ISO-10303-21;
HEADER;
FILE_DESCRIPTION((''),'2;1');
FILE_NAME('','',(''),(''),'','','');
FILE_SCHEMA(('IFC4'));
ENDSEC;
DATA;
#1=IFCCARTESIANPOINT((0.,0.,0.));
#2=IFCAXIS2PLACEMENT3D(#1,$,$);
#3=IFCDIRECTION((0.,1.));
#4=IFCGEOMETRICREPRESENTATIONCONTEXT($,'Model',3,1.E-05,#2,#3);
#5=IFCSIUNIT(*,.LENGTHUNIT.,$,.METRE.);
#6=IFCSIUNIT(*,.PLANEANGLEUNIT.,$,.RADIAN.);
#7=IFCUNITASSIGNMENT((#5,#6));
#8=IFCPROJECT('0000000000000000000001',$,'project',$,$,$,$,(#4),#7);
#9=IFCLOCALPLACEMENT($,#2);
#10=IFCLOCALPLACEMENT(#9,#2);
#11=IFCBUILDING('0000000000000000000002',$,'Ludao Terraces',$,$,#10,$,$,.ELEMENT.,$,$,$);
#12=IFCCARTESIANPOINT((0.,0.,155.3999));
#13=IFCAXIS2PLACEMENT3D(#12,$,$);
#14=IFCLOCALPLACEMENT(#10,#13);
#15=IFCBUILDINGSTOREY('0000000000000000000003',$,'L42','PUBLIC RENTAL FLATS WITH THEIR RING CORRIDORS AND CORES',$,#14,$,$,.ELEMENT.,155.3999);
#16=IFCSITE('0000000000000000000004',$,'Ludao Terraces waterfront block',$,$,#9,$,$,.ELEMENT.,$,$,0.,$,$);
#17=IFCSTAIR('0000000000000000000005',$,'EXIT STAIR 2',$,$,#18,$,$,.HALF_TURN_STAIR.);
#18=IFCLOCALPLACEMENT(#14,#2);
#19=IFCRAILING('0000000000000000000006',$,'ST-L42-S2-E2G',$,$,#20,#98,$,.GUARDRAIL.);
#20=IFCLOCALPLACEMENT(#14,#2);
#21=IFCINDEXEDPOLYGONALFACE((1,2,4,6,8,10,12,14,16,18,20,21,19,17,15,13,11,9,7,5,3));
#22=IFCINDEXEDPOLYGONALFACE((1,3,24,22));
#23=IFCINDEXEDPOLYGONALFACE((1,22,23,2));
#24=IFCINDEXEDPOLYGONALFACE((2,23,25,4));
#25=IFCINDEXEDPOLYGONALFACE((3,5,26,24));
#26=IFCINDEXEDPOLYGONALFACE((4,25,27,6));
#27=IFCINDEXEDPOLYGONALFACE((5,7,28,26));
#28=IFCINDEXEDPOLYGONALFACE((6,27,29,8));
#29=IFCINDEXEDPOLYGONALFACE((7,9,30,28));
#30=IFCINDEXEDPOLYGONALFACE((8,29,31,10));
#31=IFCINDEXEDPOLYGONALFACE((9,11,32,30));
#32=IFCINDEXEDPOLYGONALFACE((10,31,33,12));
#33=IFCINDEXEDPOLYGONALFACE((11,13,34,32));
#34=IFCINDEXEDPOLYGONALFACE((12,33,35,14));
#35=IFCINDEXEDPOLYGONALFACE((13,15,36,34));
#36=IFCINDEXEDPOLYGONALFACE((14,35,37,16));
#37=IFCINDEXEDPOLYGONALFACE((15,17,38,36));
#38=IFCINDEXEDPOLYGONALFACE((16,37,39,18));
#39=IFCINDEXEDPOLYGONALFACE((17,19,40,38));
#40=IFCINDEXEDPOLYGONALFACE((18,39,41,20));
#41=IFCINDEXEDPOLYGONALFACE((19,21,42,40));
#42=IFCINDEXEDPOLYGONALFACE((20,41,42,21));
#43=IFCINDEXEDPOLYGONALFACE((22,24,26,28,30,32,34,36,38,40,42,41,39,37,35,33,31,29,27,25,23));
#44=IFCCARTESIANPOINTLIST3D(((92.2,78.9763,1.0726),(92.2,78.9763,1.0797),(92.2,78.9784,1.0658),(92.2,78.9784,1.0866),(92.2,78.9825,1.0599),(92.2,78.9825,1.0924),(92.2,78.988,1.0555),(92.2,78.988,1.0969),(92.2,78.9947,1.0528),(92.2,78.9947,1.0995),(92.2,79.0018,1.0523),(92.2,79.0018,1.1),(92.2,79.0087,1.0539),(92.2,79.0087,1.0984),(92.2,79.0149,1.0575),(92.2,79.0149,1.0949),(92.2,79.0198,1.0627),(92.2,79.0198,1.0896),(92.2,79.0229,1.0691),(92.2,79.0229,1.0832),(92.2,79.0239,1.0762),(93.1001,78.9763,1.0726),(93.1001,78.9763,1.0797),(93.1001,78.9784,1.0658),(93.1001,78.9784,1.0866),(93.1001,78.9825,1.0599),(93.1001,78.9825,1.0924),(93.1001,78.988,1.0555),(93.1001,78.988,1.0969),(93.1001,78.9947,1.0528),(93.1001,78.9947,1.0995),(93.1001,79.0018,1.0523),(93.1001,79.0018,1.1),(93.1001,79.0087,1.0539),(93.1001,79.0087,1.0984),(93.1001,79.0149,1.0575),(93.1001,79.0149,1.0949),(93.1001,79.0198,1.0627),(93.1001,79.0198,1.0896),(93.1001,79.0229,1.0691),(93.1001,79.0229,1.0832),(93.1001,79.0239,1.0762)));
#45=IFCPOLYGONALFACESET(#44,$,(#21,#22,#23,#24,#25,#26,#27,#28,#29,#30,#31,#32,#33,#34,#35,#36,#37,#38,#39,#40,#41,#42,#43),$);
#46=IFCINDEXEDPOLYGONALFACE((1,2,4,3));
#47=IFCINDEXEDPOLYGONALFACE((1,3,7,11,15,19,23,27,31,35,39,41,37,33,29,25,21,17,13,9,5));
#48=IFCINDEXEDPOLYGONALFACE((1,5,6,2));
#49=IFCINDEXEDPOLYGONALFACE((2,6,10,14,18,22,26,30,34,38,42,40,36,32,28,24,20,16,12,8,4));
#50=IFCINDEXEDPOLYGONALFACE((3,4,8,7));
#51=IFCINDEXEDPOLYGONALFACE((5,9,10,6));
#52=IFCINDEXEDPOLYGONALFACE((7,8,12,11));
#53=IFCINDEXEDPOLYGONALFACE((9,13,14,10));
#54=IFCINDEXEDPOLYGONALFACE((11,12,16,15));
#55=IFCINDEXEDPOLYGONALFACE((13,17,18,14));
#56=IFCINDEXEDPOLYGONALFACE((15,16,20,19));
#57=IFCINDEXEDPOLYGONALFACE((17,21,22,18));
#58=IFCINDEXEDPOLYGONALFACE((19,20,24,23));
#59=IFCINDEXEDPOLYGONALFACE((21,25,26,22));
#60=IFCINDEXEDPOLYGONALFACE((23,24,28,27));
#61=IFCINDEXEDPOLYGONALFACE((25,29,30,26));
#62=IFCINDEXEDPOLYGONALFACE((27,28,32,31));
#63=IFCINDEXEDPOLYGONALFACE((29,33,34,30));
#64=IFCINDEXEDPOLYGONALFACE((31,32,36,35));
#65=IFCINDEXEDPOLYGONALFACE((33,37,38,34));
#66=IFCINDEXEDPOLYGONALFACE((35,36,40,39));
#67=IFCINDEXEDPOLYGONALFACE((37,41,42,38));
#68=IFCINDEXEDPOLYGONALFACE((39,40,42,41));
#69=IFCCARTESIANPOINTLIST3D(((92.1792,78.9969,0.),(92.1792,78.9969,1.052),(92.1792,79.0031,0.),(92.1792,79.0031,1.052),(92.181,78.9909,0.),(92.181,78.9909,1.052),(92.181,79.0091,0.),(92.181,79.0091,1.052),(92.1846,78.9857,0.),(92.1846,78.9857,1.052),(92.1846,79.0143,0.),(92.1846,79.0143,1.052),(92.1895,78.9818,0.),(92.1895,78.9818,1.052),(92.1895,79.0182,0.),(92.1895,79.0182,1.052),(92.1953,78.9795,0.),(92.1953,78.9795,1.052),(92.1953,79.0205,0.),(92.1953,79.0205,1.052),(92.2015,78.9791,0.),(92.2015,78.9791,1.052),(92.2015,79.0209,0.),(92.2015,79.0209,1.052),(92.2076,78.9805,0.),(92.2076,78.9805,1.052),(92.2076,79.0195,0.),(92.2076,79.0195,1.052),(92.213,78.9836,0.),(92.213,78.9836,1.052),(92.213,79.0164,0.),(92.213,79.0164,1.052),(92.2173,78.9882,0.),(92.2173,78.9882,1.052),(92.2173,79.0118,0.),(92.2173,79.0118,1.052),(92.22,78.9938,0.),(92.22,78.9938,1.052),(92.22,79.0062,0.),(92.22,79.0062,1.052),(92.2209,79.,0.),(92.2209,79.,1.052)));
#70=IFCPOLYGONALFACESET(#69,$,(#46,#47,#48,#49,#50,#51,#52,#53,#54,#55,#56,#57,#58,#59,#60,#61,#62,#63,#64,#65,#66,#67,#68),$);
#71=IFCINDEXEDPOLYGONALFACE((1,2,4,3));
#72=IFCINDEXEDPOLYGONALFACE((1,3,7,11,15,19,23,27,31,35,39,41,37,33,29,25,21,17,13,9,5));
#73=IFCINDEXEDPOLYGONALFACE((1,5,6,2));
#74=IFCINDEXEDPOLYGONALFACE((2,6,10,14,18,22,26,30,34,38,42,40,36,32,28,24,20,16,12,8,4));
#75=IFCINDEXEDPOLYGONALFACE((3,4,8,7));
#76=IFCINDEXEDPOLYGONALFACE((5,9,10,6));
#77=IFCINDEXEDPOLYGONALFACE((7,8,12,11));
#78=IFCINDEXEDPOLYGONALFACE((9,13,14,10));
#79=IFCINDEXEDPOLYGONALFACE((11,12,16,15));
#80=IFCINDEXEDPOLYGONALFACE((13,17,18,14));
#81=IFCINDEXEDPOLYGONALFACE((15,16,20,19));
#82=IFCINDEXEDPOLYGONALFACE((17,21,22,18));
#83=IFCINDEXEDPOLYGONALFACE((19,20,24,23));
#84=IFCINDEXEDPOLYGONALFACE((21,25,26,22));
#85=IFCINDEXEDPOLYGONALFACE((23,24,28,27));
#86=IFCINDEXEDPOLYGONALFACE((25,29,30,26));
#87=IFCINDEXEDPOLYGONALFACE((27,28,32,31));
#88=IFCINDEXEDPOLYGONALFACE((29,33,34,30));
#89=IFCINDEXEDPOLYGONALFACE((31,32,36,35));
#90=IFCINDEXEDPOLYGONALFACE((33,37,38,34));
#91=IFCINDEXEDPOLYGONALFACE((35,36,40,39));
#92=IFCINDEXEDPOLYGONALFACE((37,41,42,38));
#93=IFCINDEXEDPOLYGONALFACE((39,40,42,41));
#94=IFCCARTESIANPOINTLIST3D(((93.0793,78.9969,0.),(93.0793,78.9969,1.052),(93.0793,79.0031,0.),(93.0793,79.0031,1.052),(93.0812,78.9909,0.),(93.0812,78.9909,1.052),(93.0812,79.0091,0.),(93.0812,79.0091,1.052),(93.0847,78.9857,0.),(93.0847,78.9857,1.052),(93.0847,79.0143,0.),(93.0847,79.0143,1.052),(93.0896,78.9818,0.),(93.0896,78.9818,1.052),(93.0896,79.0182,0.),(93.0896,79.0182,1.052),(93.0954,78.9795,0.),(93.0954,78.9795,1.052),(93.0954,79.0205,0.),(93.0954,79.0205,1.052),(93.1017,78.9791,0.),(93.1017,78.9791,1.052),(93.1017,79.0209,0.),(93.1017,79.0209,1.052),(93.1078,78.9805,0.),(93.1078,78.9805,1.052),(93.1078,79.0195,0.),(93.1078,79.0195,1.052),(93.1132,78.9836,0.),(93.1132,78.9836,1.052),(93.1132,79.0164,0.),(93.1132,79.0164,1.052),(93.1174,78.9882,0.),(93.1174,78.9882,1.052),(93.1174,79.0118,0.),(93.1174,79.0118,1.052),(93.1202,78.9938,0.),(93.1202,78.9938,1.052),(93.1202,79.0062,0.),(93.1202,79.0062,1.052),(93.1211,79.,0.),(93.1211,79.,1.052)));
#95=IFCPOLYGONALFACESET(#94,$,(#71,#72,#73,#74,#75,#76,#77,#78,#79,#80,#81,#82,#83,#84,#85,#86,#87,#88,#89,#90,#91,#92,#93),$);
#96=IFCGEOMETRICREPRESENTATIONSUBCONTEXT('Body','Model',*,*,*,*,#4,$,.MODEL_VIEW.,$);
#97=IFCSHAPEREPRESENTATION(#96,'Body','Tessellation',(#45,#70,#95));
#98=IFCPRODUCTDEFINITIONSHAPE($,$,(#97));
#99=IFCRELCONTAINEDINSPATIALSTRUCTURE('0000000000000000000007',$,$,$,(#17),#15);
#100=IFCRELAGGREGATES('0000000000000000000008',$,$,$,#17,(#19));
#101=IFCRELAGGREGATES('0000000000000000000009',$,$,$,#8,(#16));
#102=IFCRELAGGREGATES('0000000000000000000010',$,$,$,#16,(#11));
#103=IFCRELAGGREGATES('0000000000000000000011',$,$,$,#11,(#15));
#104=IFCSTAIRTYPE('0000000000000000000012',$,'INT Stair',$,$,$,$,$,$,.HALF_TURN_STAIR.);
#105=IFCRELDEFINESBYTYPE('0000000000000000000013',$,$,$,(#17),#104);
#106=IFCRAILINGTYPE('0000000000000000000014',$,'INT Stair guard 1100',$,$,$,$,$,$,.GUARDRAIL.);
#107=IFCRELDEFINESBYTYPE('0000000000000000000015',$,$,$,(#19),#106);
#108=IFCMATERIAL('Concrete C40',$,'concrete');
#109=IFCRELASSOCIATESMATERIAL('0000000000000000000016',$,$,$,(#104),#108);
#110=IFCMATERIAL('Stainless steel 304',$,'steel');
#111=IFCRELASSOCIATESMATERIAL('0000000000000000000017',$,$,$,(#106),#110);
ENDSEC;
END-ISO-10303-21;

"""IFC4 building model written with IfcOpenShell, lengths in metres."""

from ifc_helpers import new_model, si_unit, direction, frame, origin, origin_2d, place, context, subcontext, project, spatial, circle, extrude, material, type_object, element, aggregate, save


model = new_model("IFC4")

# Units and contexts
model_context = context("Model", 3, precision=1e-05, world=origin(), true_north=direction((0.0, 1.0)))
body_context = subcontext(model_context, "Body", "Model", "MODEL_VIEW")
ifc_project = project(units=[si_unit("LENGTHUNIT", "METRE"), si_unit("PLANEANGLEUNIT", "RADIAN")], contexts=[model_context])

# Site, building, storey
site_placement = place(None, origin())
site = spatial("IfcSite", under=ifc_project, at=site_placement, Name="Ludao Terraces waterfront block", CompositionType="ELEMENT", RefElevation=0.0)
building_placement = place(site_placement, origin())
building = spatial("IfcBuilding", under=site, at=building_placement, Name="Ludao Terraces", CompositionType="ELEMENT")
storey_placement = place(building_placement, frame((0.0, 0.0, 155.3999)))
storey = spatial("IfcBuildingStorey", under=building, at=storey_placement, Name="L42", Description="PUBLIC RENTAL FLATS WITH THEIR RING CORRIDORS AND CORES", CompositionType="ELEMENT", Elevation=155.3999)

# Shared definitions
ifc_material_1 = material(Name="Concrete C40", Category="concrete")

# Shared definitions
ifc_material_2 = material(Name="Stainless steel 304", Category="steel")

# Stair, railing
stair_type = type_object("IfcStairType", Name="INT Stair", PredefinedType="HALF_TURN_STAIR", material=ifc_material_1)
stair_placement = place(storey_placement, origin())
stair = element("IfcStair", 1, at=stair_placement, inside=storey, type_object=stair_type, Name="EXIT STAIR 2", PredefinedType="HALF_TURN_STAIR")
railing_type_1 = type_object("IfcRailingType", Name="INT Stair guard 1100", PredefinedType="GUARDRAIL", material=ifc_material_2)
railing_1_placement = place(storey_placement, frame((92.2, 79.0, 0.0)))
railing_1 = element("IfcRailing", 2, at=railing_1_placement, type_object=railing_type_1, Name="ST-L42-S2-E2G", PredefinedType="GUARDRAIL", context=body_context, shape_type="SweptSolid", body=[
    extrude(circle(Radius=0.0239, at=origin_2d()), frame((0.0, 0.0, 1.0762), z_axis=(1.0, 0.0, 0.0), x_axis=(0.0, 1.0, 0.0)), (0.0, 0.0, 1.0), 0.9001),
    extrude(circle(Radius=0.021, at=origin_2d()), origin(), (0.0, 0.0, 1.0), 1.052),
    extrude(circle(Radius=0.021, at=origin_2d()), frame((0.9001, 0.0, 0.0)), (0.0, 0.0, 1.0), 1.052),
])
aggregate(stair, [railing_1])

save(model, "model.ifc")
